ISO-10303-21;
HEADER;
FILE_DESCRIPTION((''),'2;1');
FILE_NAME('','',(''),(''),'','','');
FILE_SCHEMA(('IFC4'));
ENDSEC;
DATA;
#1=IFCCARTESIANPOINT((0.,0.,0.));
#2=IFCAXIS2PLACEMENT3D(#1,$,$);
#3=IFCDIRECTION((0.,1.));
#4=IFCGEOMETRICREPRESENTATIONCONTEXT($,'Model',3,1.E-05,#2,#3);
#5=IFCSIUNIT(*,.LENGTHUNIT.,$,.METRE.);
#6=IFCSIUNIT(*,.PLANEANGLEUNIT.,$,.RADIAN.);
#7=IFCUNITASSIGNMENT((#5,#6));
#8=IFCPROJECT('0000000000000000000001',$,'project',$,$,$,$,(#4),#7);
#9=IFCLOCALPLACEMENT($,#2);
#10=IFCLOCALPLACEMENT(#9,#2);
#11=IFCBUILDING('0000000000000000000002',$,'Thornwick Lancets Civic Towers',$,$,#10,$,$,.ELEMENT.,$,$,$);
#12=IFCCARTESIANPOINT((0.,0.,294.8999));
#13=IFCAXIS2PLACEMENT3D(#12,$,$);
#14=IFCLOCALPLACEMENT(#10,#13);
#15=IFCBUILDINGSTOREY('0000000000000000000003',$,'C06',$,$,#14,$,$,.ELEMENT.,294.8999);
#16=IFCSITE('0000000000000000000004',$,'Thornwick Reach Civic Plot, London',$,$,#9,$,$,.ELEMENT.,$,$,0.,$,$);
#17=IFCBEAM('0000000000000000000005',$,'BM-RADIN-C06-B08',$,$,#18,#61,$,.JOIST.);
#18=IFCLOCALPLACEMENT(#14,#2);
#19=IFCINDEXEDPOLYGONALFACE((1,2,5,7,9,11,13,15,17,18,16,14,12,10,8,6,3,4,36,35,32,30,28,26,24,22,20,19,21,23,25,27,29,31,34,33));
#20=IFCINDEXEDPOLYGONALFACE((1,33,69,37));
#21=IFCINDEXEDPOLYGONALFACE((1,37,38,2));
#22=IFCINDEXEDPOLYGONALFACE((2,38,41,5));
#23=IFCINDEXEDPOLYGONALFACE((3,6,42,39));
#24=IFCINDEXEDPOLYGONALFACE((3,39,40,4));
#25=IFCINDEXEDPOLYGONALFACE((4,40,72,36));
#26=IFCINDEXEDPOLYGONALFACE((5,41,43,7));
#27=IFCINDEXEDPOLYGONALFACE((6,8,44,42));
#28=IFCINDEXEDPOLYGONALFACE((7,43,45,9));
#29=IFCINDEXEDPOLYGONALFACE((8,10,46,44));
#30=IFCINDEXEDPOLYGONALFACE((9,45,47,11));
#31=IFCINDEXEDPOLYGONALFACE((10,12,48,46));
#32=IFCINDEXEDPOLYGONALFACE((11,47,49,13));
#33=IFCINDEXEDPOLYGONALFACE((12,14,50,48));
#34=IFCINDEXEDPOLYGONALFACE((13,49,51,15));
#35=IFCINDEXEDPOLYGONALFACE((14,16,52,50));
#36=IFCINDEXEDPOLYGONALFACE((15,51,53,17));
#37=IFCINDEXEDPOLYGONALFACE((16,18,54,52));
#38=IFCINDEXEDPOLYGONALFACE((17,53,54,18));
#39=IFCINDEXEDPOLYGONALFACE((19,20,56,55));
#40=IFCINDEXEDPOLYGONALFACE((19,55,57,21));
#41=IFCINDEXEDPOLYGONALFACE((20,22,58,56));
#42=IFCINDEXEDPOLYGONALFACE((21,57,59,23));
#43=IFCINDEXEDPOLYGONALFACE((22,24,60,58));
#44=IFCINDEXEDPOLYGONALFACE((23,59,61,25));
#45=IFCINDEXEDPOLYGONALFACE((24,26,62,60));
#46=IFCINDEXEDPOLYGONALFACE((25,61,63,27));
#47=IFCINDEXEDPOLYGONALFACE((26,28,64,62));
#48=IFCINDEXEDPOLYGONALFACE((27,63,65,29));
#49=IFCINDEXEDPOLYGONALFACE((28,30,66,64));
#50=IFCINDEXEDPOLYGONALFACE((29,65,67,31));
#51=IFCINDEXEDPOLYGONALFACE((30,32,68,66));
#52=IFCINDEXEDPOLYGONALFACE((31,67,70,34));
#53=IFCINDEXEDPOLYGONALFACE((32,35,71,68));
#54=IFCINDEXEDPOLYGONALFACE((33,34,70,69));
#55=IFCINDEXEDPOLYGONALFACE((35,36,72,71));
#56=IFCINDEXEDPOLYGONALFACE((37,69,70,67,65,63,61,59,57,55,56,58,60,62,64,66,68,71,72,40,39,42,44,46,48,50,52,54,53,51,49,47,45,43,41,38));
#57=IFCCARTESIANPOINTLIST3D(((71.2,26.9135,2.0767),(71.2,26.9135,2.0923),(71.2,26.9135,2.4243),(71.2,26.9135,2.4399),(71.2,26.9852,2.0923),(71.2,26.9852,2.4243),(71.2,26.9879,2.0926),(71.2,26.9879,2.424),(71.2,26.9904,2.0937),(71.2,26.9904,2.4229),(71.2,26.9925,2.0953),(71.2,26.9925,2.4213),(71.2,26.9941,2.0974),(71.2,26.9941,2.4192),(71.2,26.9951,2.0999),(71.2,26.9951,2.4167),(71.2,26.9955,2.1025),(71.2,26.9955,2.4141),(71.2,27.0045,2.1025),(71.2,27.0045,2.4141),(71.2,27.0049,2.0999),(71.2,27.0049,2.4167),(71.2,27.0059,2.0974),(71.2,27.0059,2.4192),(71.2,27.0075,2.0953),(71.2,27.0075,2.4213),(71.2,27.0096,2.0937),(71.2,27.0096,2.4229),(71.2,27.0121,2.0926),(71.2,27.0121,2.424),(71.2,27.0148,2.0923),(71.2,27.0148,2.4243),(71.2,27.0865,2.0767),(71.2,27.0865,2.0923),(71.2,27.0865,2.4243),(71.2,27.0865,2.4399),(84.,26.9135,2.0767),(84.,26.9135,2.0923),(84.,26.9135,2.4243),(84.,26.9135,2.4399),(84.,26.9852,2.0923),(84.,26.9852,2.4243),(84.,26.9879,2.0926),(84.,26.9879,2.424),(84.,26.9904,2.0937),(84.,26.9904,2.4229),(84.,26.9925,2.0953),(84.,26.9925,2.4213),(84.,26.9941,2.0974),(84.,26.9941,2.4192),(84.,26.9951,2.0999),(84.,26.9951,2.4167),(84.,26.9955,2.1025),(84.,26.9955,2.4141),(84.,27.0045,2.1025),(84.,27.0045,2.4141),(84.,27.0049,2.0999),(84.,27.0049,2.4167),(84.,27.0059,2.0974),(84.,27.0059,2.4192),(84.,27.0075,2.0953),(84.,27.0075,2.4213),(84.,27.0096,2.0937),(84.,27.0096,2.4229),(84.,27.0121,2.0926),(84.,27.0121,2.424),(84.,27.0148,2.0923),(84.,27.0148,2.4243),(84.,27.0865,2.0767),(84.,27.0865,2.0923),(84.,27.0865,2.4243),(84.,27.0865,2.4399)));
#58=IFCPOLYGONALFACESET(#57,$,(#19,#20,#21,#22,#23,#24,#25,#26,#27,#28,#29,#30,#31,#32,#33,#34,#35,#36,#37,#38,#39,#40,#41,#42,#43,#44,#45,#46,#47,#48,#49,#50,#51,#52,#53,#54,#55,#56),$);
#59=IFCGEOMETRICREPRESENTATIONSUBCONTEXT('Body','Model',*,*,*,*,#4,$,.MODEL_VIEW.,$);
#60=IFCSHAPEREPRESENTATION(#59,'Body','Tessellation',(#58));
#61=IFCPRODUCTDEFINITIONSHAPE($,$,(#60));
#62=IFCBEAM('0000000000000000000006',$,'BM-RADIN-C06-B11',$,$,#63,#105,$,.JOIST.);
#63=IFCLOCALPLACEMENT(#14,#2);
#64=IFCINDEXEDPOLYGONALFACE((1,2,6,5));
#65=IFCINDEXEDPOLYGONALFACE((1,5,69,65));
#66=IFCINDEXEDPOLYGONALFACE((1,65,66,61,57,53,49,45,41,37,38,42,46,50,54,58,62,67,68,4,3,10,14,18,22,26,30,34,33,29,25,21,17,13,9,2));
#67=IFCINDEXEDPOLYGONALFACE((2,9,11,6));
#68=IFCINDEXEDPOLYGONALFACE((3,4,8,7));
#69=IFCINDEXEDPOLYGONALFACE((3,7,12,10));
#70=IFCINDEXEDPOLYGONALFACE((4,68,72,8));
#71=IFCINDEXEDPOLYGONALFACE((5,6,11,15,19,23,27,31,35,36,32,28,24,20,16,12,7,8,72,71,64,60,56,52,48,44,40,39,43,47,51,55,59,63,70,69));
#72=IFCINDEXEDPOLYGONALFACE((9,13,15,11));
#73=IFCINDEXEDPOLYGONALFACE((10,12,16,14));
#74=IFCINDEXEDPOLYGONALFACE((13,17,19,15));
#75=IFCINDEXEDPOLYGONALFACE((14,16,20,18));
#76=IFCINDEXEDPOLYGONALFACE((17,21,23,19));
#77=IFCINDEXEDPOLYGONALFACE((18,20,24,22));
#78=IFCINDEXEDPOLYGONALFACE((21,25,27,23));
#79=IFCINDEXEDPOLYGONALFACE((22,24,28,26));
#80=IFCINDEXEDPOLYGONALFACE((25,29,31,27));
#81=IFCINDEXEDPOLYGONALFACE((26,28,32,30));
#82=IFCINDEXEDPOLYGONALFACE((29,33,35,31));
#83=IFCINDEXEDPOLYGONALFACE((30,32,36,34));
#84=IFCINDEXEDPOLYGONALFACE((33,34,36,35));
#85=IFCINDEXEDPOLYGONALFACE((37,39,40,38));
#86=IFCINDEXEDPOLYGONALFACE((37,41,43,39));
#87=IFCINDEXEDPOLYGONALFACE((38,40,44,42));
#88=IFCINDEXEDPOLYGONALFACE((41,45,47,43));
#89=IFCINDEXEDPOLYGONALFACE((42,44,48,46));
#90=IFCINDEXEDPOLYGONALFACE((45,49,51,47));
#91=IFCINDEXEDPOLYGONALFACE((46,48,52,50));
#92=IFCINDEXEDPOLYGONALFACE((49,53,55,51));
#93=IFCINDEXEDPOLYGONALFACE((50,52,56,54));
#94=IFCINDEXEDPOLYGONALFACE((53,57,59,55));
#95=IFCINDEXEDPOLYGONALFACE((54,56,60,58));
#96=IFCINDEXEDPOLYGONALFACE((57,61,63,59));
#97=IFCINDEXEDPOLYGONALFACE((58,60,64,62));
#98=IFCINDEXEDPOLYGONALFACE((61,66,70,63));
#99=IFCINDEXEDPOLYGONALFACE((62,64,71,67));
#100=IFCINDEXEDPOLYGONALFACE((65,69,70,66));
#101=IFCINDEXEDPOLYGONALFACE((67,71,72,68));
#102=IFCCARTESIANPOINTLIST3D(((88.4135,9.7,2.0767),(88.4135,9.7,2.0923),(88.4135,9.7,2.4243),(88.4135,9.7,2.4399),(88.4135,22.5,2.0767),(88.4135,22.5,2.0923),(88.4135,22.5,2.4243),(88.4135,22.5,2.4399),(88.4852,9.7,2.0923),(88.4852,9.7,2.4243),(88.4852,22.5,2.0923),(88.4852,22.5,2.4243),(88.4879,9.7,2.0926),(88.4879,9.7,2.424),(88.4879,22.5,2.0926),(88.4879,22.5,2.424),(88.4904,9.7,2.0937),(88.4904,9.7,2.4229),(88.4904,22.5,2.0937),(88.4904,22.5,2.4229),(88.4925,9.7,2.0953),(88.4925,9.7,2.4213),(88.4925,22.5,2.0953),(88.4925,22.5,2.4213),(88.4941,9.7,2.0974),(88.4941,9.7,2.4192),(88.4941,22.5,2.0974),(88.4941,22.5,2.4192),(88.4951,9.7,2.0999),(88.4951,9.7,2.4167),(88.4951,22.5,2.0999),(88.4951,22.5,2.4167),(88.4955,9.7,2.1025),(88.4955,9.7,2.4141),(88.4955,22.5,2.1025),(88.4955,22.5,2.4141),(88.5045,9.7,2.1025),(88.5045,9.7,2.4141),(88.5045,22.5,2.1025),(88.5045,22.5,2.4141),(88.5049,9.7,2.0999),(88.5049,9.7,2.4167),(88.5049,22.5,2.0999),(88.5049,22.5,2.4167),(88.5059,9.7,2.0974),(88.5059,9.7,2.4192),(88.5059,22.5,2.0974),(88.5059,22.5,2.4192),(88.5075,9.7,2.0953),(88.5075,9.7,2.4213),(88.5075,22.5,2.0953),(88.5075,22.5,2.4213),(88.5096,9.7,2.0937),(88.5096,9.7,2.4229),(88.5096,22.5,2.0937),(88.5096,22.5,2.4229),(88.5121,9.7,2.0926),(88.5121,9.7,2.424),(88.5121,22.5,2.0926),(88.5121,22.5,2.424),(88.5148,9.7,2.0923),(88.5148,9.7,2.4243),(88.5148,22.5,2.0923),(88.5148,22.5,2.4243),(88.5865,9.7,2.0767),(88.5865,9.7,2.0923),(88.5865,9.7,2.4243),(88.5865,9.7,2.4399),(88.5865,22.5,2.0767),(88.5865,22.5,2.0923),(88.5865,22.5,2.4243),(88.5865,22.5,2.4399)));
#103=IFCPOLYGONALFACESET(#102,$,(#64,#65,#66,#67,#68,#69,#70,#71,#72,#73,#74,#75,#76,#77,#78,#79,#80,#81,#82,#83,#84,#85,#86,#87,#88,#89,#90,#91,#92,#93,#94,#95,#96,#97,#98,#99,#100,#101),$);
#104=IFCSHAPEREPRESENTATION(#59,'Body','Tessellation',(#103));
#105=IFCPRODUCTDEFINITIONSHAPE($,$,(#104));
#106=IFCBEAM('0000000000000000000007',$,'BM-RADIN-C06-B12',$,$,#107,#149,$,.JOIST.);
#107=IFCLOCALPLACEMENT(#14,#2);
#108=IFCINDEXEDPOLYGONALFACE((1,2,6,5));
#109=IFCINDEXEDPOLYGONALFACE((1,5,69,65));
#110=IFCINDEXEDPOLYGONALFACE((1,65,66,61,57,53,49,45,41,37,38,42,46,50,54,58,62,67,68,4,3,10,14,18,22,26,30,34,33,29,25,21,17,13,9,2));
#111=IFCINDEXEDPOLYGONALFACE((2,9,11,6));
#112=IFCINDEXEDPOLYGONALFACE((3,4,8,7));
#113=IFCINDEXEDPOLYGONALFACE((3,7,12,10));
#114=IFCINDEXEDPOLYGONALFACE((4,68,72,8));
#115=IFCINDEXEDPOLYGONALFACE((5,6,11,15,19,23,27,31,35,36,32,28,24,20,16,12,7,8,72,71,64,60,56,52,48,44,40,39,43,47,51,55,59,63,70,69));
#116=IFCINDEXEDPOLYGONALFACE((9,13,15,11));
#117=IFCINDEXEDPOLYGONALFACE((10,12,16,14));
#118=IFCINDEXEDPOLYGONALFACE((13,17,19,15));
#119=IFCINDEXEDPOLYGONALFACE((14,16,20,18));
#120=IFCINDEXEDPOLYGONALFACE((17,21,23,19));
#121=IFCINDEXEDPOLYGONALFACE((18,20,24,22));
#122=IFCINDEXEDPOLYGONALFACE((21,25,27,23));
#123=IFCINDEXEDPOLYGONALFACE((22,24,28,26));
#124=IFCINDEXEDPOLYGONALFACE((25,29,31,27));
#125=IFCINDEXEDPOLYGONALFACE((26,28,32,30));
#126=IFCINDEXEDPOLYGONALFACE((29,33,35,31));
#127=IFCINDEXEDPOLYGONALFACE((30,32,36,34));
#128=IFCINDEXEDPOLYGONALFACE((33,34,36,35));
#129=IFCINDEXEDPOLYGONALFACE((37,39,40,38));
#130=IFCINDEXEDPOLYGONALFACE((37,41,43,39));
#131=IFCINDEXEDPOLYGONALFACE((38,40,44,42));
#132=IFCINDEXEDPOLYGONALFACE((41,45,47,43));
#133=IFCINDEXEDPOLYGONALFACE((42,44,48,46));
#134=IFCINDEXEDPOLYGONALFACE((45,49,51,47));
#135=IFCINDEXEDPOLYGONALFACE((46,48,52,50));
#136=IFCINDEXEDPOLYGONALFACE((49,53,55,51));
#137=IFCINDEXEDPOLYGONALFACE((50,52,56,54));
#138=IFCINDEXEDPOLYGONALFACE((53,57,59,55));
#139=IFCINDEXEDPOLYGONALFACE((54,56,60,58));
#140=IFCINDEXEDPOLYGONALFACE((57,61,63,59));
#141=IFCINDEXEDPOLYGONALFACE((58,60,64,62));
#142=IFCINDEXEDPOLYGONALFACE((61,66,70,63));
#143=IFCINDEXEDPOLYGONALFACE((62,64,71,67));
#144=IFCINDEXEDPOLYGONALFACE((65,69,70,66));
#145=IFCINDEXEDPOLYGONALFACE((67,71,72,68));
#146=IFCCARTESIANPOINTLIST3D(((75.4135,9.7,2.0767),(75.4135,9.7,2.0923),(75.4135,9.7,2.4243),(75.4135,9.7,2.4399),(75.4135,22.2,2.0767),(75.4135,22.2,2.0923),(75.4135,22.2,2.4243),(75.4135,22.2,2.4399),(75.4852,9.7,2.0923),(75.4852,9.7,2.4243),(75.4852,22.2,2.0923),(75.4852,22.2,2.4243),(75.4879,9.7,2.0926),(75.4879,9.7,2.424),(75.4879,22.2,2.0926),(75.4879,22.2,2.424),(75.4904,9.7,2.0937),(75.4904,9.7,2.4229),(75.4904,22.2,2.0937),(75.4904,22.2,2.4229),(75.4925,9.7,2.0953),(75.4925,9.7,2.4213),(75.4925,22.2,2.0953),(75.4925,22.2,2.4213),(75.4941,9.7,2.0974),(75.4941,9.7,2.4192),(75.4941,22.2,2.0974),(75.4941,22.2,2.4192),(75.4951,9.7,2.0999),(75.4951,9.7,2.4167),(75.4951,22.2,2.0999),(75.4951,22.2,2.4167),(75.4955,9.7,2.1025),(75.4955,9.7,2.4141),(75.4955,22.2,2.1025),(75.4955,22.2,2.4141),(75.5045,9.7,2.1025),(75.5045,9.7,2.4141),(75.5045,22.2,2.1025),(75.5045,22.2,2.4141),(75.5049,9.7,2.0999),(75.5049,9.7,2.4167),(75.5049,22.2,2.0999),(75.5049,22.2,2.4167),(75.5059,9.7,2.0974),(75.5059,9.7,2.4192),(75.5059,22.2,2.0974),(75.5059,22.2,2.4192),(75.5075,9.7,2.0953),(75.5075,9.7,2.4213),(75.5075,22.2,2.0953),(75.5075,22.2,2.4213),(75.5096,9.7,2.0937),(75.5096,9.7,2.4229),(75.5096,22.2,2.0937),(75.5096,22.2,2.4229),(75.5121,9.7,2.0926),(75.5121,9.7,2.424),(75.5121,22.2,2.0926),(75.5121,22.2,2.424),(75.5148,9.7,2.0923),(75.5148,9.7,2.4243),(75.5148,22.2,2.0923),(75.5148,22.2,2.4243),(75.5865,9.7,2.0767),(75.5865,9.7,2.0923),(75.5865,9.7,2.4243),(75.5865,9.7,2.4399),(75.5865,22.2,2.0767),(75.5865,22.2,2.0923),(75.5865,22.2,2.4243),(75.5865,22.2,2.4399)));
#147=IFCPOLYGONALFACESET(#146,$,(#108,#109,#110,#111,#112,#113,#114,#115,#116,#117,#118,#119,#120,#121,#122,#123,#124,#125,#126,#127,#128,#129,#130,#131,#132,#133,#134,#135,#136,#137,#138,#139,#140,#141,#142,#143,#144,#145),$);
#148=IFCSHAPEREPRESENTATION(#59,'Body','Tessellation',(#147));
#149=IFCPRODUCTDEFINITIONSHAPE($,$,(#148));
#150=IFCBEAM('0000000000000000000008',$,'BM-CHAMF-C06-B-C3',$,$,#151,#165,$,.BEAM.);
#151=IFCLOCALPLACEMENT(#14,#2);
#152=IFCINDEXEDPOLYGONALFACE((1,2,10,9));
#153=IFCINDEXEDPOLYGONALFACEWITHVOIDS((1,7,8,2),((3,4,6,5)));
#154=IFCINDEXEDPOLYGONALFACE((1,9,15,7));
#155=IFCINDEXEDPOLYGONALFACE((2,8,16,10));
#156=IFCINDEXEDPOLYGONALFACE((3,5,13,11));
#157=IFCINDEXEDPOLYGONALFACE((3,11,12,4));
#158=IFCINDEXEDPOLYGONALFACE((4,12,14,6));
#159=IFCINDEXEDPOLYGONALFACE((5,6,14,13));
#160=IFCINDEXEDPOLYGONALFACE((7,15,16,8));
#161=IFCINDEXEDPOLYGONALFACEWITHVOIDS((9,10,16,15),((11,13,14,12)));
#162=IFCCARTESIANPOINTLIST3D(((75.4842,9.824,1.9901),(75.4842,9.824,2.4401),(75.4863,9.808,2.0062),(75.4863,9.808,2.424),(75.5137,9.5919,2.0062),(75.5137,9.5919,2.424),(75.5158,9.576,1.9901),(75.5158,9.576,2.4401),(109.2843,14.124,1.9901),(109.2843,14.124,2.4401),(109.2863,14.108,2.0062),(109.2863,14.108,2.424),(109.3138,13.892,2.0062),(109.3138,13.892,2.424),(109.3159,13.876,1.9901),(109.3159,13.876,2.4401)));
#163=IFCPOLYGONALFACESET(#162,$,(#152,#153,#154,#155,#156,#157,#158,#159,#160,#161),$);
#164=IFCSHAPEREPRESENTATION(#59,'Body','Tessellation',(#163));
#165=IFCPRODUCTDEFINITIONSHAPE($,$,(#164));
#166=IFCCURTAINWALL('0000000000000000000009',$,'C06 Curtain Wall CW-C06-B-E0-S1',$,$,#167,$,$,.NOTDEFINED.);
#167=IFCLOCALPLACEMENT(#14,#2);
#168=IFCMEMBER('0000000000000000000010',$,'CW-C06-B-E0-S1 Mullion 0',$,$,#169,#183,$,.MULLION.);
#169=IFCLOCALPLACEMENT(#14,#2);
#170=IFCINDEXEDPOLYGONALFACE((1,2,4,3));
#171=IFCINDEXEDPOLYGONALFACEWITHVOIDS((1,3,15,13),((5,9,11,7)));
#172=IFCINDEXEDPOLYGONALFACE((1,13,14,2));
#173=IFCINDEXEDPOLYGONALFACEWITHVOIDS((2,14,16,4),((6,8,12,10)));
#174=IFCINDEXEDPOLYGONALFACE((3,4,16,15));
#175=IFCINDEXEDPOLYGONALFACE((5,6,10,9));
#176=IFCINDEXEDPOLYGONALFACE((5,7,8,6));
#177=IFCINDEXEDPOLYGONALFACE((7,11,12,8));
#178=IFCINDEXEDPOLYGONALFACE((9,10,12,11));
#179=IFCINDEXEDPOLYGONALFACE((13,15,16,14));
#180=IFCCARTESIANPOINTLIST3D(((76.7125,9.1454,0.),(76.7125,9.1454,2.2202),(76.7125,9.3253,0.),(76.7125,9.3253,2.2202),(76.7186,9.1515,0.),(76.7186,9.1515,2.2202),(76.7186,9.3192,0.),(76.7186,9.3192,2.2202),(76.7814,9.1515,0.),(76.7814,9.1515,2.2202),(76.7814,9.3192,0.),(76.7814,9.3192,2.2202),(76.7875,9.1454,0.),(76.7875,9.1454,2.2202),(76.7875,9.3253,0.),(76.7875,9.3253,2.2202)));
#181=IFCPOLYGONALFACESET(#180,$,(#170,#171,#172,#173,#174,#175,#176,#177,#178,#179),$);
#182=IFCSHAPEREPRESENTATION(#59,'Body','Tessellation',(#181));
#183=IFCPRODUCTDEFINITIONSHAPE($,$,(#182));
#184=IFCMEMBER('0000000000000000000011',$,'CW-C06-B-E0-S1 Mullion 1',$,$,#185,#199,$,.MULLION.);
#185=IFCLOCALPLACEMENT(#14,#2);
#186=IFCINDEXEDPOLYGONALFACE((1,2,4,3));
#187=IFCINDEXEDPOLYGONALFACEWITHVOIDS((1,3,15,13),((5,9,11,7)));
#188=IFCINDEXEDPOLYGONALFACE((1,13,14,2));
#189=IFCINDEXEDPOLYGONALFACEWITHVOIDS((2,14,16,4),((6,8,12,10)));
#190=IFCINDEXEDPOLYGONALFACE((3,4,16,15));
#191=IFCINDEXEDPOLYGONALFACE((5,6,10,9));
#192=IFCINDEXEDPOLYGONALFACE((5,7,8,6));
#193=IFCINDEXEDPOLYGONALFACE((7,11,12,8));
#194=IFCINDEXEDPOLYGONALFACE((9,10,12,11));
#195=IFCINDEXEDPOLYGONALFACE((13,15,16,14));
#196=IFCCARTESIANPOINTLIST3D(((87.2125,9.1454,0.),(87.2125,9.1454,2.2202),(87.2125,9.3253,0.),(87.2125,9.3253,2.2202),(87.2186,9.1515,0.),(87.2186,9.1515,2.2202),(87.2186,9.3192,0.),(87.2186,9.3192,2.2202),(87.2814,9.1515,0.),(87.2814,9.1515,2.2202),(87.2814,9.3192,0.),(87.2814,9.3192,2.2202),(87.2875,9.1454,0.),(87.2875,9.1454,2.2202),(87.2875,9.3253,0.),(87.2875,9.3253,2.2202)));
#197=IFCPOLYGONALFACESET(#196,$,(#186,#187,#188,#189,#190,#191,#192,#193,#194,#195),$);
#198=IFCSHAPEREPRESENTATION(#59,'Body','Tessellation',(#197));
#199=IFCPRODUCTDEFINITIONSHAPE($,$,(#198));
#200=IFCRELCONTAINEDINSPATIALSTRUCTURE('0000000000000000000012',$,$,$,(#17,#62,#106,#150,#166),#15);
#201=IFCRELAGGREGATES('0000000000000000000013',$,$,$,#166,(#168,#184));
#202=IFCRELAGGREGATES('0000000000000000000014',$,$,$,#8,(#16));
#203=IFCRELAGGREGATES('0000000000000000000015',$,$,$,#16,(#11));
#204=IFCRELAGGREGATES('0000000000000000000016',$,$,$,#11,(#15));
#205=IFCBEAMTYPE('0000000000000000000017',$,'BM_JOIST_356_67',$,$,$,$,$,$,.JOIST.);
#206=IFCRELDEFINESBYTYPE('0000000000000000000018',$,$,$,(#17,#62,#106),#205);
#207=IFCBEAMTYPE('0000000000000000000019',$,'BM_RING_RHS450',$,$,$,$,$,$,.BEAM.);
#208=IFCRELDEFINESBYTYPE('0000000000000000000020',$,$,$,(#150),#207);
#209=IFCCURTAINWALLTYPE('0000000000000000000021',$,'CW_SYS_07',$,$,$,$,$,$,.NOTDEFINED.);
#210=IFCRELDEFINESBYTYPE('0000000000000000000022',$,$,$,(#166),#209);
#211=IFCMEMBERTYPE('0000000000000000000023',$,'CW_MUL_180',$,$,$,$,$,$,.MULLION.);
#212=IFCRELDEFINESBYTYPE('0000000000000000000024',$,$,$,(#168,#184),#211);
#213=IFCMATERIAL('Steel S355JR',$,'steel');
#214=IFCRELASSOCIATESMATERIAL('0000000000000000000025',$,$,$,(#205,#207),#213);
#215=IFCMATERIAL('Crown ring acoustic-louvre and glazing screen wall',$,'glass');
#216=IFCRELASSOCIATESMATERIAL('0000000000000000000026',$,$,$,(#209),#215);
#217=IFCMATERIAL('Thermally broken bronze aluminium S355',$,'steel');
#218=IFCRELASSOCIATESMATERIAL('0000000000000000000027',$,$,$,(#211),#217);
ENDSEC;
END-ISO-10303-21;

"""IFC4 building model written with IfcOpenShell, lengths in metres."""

from ifc_helpers import new_model, si_unit, direction, frame, origin, origin_2d, place, context, subcontext, project, spatial, hollow_rectangle, i_section, extrude, material, material_profile, profile_set, type_object, element, aggregate, save


model = new_model("IFC4")

# Units and contexts
model_context = context("Model", 3, precision=1e-05, world=origin(), true_north=direction((0.0, 1.0)))
body_context = subcontext(model_context, "Body", "Model", "MODEL_VIEW")
ifc_project = project(units=[si_unit("LENGTHUNIT", "METRE"), si_unit("PLANEANGLEUNIT", "RADIAN")], contexts=[model_context])

# Site, building, storey
site_placement = place(None, origin())
site = spatial("IfcSite", under=ifc_project, at=site_placement, Name="Thornwick Reach Civic Plot, London", CompositionType="ELEMENT", RefElevation=0.0)
building_placement = place(site_placement, origin())
building = spatial("IfcBuilding", under=site, at=building_placement, Name="Thornwick Lancets Civic Towers", CompositionType="ELEMENT")
storey_placement = place(building_placement, frame((0.0, 0.0, 294.8999)))
storey = spatial("IfcBuildingStorey", under=building, at=storey_placement, Name="C06", CompositionType="ELEMENT", Elevation=294.8999)

# Shared definitions
ifc_material_1 = material(Name="Steel S355JR", Category="steel")

# Beams
ifc_material_profile_1 = material_profile(ifc_material_1, i_section(OverallWidth=0.1731, OverallDepth=0.3633, WebThickness=0.009, FlangeThickness=0.0156, FilletRadius=0.0103, at=origin_2d()), Name="UKB 356x171x67")
ifc_profile_set_1 = profile_set([ifc_material_profile_1], Name="Steel S355JR")
beam_type_1 = type_object("IfcBeamType", Name="BM_JOIST_356_67", PredefinedType="JOIST", material=ifc_profile_set_1)
for number, where, z_axis, x_axis, name in (
    (1, (84.0, 27.0, 2.2583), (-1.0, 0.0, 0.0), (0.0, -1.0, 0.0), "BM-RADIN-C06-B08"),
    (2, (88.5, 22.5, 2.2583), (0.0, -1.0, 0.0), (1.0, 0.0, 0.0), "BM-RADIN-C06-B11"),
):
    element("IfcBeam", number, at=place(storey_placement, frame(where, z_axis=z_axis, x_axis=x_axis)), inside=storey, type_object=beam_type_1, Name=name, PredefinedType="JOIST", context=body_context, shape_type="SweptSolid", body=[
        extrude(i_section(OverallWidth=0.1731, OverallDepth=0.3633, WebThickness=0.009, FlangeThickness=0.0156, FilletRadius=0.0103, at=origin_2d()), origin(), (0.0, 0.0, 1.0), 12.8),
    ])
beam_1_placement = place(storey_placement, frame((75.5, 22.2, 2.2583), z_axis=(0.0, -1.0, 0.0), x_axis=(1.0, 0.0, 0.0)))
element("IfcBeam", 3, at=beam_1_placement, inside=storey, type_object=beam_type_1, Name="BM-RADIN-C06-B12", PredefinedType="JOIST", context=body_context, shape_type="SweptSolid", body=[
    extrude(i_section(OverallWidth=0.1731, OverallDepth=0.3633, WebThickness=0.009, FlangeThickness=0.0156, FilletRadius=0.0103, at=origin_2d()), origin(), (0.0, 0.0, 1.0), 12.5),
])
ifc_material_profile_2 = material_profile(ifc_material_1, hollow_rectangle(XDim=0.25, YDim=0.45, WallThickness=0.0161, at=origin_2d()), Name="RHS 450x250x16")
ifc_profile_set_2 = profile_set([ifc_material_profile_2], Name="Steel S355JR")
beam_type_2 = type_object("IfcBeamType", Name="BM_RING_RHS450", PredefinedType="BEAM", material=ifc_profile_set_2)
beam_2_placement = place(storey_placement, frame((75.5, 9.7, 2.2151), z_axis=(0.992004, 0.126203, 0.0), x_axis=(-0.126203, 0.992004, 0.0)))
element("IfcBeam", 4, at=beam_2_placement, inside=storey, type_object=beam_type_2, Name="BM-CHAMF-C06-B-C3", PredefinedType="BEAM", context=body_context, shape_type="SweptSolid", body=[
    extrude(hollow_rectangle(XDim=0.25, YDim=0.45, WallThickness=0.0161, at=origin_2d()), origin(), (0.0, 0.0, 1.0), 34.0725),
])

# Curtain wall, members
ifc_material_2 = material(Name="Crown ring acoustic-louvre and glazing screen wall", Category="glass")
curtain_wall_type = type_object("IfcCurtainWallType", Name="CW_SYS_07", PredefinedType="NOTDEFINED", material=ifc_material_2)
curtain_wall_1_placement = place(storey_placement, origin())
curtain_wall_1 = element("IfcCurtainWall", 5, at=curtain_wall_1_placement, inside=storey, type_object=curtain_wall_type, Name="C06 Curtain Wall CW-C06-B-E0-S1", PredefinedType="NOTDEFINED")
ifc_material_3 = material(Name="Thermally broken bronze aluminium S355", Category="steel")
ifc_material_profile_3 = material_profile(ifc_material_3, hollow_rectangle(XDim=0.075, YDim=0.1799, WallThickness=0.0061, at=origin_2d()), Name="RHS 180x75x6")
ifc_profile_set_3 = profile_set([ifc_material_profile_3], Name="Thermally broken bronze aluminium S355")
member_type_1 = type_object("IfcMemberType", Name="CW_MUL_180", PredefinedType="MULLION", material=ifc_profile_set_3)
member_1_placement = place(storey_placement, frame((76.75, 9.2354, 0.0), z_axis=(0.0, 0.0, 1.0), x_axis=(1.0, 0.0, 0.0)))
member_1 = element("IfcMember", 6, at=member_1_placement, type_object=member_type_1, Name="CW-C06-B-E0-S1 Mullion 0", PredefinedType="MULLION", context=body_context, shape_type="SweptSolid", body=[
    extrude(hollow_rectangle(XDim=0.075, YDim=0.1799, WallThickness=0.0061, at=origin_2d()), origin(), (0.0, 0.0, 1.0), 2.2202),
])
member_2_placement = place(storey_placement, frame((87.25, 9.2354, 0.0), z_axis=(0.0, 0.0, 1.0), x_axis=(1.0, 0.0, 0.0)))
member_2 = element("IfcMember", 7, at=member_2_placement, type_object=member_type_1, Name="CW-C06-B-E0-S1 Mullion 1", PredefinedType="MULLION", context=body_context, shape_type="SweptSolid", body=[
    extrude(hollow_rectangle(XDim=0.075, YDim=0.1799, WallThickness=0.0061, at=origin_2d()), origin(), (0.0, 0.0, 1.0), 2.2202),
])

aggregate(curtain_wall_1, [member_1, member_2])

save(model, "model.ifc")
